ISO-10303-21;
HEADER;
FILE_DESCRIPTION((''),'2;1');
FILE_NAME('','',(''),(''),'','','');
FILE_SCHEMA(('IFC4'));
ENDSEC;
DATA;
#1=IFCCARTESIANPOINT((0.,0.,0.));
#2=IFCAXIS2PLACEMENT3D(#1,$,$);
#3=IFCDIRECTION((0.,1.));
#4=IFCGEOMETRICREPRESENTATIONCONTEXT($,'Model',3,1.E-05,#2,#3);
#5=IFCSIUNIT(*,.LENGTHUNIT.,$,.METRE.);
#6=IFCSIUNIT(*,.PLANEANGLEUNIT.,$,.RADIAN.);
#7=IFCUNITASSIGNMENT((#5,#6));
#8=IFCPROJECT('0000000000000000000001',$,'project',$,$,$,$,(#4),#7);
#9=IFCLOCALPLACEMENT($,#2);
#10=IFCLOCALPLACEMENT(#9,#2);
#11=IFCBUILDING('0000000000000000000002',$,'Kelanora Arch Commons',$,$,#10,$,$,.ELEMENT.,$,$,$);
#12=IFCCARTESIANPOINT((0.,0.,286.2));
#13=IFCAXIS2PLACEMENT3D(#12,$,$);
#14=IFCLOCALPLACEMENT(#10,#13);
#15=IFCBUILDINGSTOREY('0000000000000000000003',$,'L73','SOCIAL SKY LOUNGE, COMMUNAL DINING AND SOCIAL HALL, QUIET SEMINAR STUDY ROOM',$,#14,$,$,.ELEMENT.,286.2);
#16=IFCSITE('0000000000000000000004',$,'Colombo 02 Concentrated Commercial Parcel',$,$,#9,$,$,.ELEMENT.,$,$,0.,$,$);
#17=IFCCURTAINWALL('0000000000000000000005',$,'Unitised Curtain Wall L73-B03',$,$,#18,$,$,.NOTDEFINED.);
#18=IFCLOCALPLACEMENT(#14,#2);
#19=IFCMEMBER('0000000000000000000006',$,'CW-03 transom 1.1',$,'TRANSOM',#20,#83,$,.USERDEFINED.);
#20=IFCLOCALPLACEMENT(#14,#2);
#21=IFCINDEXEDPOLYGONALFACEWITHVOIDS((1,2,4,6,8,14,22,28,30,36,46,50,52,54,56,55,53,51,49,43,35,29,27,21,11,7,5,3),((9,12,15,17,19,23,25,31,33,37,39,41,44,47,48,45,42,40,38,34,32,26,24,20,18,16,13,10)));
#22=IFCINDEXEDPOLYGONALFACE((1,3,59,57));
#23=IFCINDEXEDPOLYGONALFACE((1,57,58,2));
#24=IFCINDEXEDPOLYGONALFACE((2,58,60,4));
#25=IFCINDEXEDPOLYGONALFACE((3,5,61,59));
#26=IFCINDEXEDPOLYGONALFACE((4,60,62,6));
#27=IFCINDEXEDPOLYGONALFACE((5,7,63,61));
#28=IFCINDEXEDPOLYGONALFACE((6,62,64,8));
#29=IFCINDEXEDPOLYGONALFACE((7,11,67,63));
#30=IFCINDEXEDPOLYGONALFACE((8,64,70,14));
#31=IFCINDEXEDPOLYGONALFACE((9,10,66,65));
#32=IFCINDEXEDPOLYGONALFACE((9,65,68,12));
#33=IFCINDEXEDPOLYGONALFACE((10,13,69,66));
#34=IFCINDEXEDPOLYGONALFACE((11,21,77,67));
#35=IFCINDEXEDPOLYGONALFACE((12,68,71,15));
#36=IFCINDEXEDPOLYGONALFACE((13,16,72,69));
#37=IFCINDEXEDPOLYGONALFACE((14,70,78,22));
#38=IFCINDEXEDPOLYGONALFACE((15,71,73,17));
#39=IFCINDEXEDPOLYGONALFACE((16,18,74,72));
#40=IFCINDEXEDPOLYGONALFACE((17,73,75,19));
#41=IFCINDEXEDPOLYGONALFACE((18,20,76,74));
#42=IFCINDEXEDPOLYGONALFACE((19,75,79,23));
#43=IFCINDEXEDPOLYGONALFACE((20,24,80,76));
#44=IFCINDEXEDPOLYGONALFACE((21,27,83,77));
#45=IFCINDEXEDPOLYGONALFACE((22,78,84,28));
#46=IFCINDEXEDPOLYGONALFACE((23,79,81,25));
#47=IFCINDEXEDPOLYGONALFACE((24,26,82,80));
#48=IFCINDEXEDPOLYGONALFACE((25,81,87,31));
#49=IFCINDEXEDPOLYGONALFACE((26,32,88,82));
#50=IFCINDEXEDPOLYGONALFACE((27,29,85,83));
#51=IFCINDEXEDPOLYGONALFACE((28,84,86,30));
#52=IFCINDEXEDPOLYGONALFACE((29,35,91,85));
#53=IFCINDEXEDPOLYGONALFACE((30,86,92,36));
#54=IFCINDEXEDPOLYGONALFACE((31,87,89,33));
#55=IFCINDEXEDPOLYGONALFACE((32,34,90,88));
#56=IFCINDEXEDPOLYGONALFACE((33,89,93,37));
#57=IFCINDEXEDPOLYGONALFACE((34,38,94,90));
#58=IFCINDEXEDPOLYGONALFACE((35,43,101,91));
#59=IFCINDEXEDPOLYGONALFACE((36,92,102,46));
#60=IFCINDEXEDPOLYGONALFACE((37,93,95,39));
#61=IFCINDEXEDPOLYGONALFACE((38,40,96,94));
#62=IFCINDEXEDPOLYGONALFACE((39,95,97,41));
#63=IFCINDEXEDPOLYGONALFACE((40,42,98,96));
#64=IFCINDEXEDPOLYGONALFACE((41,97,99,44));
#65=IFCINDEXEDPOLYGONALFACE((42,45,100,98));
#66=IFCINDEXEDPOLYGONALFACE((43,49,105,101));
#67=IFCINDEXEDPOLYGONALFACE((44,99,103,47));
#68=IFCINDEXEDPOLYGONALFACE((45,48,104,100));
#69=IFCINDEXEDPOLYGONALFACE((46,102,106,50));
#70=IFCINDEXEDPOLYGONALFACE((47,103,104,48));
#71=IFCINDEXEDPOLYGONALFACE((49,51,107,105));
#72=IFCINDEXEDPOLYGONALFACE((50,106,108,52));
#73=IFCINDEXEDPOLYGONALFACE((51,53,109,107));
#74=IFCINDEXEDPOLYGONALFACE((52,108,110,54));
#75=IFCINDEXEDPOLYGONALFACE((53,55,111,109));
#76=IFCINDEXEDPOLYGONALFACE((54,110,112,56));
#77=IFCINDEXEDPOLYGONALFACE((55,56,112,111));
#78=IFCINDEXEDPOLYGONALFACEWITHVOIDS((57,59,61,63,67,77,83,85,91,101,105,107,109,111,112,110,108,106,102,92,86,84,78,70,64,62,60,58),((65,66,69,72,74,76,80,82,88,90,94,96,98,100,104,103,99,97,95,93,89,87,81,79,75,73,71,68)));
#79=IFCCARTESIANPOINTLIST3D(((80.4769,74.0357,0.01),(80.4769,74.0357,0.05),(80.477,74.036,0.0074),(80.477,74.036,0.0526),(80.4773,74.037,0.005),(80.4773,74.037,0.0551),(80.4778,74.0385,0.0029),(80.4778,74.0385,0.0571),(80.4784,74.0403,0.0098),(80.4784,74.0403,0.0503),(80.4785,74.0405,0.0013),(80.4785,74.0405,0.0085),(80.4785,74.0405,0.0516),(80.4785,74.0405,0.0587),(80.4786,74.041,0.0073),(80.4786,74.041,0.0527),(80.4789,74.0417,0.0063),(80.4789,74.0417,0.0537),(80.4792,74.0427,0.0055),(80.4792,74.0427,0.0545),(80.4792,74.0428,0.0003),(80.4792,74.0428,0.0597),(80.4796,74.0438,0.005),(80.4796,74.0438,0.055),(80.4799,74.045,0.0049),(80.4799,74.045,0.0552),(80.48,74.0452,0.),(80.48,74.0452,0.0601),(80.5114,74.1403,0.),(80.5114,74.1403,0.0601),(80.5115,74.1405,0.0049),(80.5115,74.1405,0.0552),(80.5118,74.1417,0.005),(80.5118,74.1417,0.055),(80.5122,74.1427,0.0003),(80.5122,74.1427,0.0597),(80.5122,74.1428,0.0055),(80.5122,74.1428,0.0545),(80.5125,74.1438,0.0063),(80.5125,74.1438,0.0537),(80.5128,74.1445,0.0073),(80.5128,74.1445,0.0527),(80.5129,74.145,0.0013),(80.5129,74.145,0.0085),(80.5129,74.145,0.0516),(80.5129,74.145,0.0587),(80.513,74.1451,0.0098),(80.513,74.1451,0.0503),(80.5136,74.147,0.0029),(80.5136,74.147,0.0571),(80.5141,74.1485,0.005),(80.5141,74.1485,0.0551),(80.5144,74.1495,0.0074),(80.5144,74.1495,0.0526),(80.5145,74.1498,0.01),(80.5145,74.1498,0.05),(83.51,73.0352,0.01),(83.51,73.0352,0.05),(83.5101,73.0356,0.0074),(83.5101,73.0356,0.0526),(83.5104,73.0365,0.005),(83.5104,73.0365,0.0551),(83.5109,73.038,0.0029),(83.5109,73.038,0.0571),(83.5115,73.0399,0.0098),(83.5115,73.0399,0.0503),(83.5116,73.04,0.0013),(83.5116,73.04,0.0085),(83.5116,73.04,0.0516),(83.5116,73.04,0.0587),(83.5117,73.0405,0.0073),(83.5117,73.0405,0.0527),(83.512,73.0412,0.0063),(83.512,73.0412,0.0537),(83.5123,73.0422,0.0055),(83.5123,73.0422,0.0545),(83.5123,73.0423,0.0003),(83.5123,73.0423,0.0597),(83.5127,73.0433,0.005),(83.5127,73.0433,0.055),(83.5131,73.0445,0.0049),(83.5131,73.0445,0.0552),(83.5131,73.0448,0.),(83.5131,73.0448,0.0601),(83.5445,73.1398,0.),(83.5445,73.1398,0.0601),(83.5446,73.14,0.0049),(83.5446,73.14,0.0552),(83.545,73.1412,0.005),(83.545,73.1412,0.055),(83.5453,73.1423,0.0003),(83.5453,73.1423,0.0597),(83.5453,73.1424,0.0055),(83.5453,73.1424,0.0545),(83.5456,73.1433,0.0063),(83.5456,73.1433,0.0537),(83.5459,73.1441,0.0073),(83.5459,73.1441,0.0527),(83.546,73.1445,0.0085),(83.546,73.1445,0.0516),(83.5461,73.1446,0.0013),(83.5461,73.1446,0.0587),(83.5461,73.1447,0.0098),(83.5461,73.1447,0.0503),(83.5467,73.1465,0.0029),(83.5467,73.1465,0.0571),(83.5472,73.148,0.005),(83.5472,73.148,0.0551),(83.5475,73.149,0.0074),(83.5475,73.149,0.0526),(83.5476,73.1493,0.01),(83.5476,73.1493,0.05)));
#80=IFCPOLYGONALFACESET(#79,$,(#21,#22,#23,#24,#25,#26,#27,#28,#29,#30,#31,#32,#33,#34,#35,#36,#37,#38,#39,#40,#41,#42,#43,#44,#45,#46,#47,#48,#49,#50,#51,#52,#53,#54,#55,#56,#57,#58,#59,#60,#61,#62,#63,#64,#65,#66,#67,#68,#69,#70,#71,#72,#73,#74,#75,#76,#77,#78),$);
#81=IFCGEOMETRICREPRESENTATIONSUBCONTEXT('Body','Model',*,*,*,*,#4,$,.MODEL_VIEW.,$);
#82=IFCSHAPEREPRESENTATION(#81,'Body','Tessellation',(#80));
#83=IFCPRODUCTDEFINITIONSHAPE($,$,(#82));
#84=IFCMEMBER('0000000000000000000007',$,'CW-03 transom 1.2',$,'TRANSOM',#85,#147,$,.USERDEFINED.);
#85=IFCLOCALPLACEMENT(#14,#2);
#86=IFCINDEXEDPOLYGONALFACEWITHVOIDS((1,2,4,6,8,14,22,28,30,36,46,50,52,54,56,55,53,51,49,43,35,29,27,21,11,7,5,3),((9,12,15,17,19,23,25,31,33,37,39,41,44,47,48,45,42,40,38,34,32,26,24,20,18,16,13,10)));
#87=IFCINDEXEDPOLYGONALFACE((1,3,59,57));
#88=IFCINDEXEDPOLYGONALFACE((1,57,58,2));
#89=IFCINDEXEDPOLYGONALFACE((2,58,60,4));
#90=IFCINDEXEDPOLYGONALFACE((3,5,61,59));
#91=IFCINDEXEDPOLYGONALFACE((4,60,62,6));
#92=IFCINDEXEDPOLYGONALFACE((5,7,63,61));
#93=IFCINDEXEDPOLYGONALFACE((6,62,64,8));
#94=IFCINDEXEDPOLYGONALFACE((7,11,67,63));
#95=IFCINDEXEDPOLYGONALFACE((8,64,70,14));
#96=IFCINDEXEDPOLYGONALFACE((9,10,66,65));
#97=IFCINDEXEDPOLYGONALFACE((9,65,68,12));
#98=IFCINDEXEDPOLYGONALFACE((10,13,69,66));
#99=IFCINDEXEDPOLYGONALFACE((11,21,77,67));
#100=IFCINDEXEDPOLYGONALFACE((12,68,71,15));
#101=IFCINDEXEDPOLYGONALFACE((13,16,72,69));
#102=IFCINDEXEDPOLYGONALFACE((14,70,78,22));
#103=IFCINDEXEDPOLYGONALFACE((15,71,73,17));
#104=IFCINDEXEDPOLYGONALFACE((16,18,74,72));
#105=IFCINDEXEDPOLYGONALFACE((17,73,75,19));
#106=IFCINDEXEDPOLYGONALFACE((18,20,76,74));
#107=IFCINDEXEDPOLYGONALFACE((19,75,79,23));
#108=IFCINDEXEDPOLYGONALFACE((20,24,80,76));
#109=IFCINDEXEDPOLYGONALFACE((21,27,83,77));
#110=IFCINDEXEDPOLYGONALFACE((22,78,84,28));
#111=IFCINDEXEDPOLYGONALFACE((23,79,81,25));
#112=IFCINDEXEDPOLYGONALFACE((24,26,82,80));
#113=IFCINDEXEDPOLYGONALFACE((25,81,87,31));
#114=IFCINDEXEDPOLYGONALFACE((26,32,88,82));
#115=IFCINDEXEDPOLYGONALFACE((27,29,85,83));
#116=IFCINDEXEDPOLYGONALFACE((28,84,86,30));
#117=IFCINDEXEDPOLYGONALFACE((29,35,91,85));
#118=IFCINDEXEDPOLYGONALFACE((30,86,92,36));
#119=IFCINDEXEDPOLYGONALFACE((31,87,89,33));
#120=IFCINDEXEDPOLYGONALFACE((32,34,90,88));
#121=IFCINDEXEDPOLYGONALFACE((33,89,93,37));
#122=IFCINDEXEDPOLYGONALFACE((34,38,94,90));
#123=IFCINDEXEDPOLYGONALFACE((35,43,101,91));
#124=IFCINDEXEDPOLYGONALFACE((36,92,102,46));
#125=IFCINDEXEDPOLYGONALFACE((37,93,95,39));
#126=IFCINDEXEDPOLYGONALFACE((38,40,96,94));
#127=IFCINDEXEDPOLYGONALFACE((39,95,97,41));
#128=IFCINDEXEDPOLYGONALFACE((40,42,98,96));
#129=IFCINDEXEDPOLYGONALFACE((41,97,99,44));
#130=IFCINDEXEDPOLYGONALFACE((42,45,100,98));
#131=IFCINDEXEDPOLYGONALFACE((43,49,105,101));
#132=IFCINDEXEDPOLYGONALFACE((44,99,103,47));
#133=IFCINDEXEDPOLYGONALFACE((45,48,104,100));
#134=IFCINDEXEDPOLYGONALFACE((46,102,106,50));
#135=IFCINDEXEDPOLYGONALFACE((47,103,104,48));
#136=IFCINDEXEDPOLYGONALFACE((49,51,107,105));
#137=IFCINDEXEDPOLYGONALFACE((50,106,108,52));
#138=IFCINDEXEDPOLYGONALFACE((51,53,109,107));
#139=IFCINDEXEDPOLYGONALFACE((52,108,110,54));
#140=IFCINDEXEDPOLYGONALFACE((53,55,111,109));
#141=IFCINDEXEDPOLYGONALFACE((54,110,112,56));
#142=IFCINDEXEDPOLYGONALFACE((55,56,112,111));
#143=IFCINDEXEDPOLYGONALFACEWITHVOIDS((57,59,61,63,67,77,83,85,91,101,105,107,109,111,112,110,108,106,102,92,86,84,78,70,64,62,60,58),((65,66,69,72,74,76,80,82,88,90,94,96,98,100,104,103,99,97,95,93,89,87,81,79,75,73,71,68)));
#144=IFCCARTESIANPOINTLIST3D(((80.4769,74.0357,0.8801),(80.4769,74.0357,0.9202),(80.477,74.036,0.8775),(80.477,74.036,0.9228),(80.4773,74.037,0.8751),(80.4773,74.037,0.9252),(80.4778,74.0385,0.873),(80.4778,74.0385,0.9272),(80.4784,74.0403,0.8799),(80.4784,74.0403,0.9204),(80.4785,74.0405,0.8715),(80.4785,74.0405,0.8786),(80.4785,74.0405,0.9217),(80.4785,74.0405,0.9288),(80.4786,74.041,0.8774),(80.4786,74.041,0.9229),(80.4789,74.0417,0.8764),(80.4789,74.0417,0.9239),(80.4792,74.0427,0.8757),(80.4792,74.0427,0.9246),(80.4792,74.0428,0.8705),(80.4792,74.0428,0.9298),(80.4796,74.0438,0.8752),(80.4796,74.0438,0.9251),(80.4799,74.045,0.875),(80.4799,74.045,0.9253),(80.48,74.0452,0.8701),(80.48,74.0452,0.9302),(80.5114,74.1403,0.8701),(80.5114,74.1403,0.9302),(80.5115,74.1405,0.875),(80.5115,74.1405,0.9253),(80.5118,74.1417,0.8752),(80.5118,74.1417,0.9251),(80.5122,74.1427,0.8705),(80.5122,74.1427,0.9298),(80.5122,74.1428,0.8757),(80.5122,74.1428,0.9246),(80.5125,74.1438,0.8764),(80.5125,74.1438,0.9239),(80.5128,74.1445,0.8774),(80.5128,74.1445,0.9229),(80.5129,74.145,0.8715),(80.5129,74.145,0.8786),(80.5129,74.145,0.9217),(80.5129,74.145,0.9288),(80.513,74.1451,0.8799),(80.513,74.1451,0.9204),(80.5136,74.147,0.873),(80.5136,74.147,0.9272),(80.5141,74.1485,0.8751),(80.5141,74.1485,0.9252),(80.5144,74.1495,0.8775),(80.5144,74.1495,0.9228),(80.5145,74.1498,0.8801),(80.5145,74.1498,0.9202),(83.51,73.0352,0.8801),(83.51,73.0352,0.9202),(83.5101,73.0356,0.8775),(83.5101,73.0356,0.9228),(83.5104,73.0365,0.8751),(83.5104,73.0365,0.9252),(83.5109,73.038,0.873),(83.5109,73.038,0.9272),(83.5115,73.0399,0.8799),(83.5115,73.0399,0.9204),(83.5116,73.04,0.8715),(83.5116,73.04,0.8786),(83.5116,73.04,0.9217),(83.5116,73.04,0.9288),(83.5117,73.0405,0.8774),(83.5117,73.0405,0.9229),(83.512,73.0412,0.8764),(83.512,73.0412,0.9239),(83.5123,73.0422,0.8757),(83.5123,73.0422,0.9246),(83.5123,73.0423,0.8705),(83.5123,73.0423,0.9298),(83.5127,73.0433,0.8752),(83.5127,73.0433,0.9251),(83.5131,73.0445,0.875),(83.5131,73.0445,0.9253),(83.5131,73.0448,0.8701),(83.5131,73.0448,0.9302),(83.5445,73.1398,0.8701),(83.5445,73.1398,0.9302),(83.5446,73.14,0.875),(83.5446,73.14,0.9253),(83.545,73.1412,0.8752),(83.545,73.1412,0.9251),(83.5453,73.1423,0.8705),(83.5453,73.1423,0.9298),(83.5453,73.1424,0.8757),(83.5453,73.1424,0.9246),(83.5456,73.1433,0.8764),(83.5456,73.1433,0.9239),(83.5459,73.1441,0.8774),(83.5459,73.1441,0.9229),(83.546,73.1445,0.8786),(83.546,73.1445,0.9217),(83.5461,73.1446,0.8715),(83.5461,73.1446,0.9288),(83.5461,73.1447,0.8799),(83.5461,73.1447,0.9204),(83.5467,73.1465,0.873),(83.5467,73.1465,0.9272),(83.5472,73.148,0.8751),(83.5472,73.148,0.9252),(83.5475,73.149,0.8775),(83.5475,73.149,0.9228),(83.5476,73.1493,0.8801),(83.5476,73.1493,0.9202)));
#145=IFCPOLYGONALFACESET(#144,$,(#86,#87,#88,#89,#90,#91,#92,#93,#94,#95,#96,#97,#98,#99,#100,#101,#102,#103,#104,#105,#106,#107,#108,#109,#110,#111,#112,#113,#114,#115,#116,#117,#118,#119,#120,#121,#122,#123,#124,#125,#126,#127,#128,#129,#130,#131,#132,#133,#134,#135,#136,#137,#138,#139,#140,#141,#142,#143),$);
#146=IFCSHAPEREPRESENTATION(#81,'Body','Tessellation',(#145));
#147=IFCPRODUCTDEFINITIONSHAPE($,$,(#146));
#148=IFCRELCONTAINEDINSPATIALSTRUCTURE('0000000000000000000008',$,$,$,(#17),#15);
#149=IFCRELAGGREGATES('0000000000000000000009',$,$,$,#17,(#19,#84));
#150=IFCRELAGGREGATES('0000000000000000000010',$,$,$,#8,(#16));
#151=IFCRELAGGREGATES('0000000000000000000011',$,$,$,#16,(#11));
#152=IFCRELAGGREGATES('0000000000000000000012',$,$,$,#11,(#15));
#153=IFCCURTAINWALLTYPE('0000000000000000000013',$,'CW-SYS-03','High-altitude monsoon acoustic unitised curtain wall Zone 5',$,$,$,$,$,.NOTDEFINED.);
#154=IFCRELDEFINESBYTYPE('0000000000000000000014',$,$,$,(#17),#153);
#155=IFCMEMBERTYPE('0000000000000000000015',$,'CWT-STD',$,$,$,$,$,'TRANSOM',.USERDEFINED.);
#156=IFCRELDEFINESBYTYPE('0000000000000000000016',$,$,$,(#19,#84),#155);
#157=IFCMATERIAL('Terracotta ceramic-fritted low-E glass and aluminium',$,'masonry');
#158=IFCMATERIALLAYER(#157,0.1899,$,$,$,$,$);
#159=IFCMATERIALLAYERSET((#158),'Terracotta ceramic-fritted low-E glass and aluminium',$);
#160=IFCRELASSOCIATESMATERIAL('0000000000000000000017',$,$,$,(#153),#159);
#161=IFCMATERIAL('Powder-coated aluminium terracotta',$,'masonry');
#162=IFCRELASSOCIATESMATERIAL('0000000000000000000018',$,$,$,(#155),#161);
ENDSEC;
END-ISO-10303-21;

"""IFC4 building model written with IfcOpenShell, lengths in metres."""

from ifc_helpers import new_model, si_unit, direction, frame, origin, origin_2d, place, context, subcontext, project, spatial, hollow_rectangle, extrude, material, layer, layer_set, material_profile, profile_set, type_object, element, aggregate, save


model = new_model("IFC4")

# Units and contexts
model_context = context("Model", 3, precision=1e-05, world=origin(), true_north=direction((0.0, 1.0)))
body_context = subcontext(model_context, "Body", "Model", "MODEL_VIEW")
ifc_project = project(units=[si_unit("LENGTHUNIT", "METRE"), si_unit("PLANEANGLEUNIT", "RADIAN")], contexts=[model_context])

# Site, building, storey
site_placement = place(None, origin())
site = spatial("IfcSite", under=ifc_project, at=site_placement, Name="Colombo 02 Concentrated Commercial Parcel", CompositionType="ELEMENT", RefElevation=0.0)
building_placement = place(site_placement, origin())
building = spatial("IfcBuilding", under=site, at=building_placement, Name="Kelanora Arch Commons", CompositionType="ELEMENT")
storey_placement = place(building_placement, frame((0.0, 0.0, 286.2)))
storey = spatial("IfcBuildingStorey", under=building, at=storey_placement, Name="L73", Description="SOCIAL SKY LOUNGE, COMMUNAL DINING AND SOCIAL HALL, QUIET SEMINAR STUDY ROOM", CompositionType="ELEMENT", Elevation=286.2)

# Shared definitions
ifc_material_1 = material(Name="Terracotta ceramic-fritted low-E glass and aluminium", Category="masonry")
ifc_layer_1 = layer(ifc_material_1, 0.1899)
ifc_layer_set_1 = layer_set([ifc_layer_1], Name="Terracotta ceramic-fritted low-E glass and aluminium")
curtain_wall_type = type_object("IfcCurtainWallType", Name="CW-SYS-03", Description="High-altitude monsoon acoustic unitised curtain wall Zone 5", PredefinedType="NOTDEFINED", material=ifc_layer_set_1)
ifc_material_2 = material(Name="Powder-coated aluminium terracotta", Category="masonry")

# Curtain wall, members
curtain_wall_1_placement = place(storey_placement, origin())
curtain_wall_1 = element("IfcCurtainWall", 1, at=curtain_wall_1_placement, inside=storey, type_object=curtain_wall_type, Name="Unitised Curtain Wall L73-B03", PredefinedType="NOTDEFINED")
ifc_material_profile_1 = material_profile(ifc_material_2, hollow_rectangle(XDim=0.1201, YDim=0.0601, WallThickness=0.0049, InnerFilletRadius=0.0049, OuterFilletRadius=0.01, at=origin_2d()), Name="CWT120x60")
ifc_profile_set_1 = profile_set([ifc_material_profile_1], Name="Powder-coated aluminium terracotta")
member_type_1 = type_object("IfcMemberType", Name="CWT-STD", ElementType="TRANSOM", PredefinedType="USERDEFINED", material=ifc_profile_set_1)
member_1_placement = place(storey_placement, frame((83.5288, 73.0923, 0.03), z_axis=(-0.949672, 0.313245, 0.0), x_axis=(-0.313245, -0.949672, 0.0)))
member_1 = element("IfcMember", 2, at=member_1_placement, type_object=member_type_1, Name="CW-03 transom 1.1", ObjectType="TRANSOM", PredefinedType="USERDEFINED", context=body_context, shape_type="SweptSolid", body=[
    extrude(hollow_rectangle(XDim=0.1201, YDim=0.0601, WallThickness=0.0049, InnerFilletRadius=0.0049, OuterFilletRadius=0.01, at=origin_2d()), origin(), (0.0, 0.0, 1.0), 3.1938),
])
member_2_placement = place(storey_placement, frame((83.5288, 73.0923, 0.9001), z_axis=(-0.949672, 0.313245, 0.0), x_axis=(-0.313245, -0.949672, 0.0)))
member_2 = element("IfcMember", 3, at=member_2_placement, type_object=member_type_1, Name="CW-03 transom 1.2", ObjectType="TRANSOM", PredefinedType="USERDEFINED", context=body_context, shape_type="SweptSolid", body=[
    extrude(hollow_rectangle(XDim=0.1201, YDim=0.0601, WallThickness=0.0049, InnerFilletRadius=0.0049, OuterFilletRadius=0.01, at=origin_2d()), origin(), (0.0, 0.0, 1.0), 3.1938),
])
aggregate(curtain_wall_1, [member_1, member_2])

save(model, "model.ifc")
